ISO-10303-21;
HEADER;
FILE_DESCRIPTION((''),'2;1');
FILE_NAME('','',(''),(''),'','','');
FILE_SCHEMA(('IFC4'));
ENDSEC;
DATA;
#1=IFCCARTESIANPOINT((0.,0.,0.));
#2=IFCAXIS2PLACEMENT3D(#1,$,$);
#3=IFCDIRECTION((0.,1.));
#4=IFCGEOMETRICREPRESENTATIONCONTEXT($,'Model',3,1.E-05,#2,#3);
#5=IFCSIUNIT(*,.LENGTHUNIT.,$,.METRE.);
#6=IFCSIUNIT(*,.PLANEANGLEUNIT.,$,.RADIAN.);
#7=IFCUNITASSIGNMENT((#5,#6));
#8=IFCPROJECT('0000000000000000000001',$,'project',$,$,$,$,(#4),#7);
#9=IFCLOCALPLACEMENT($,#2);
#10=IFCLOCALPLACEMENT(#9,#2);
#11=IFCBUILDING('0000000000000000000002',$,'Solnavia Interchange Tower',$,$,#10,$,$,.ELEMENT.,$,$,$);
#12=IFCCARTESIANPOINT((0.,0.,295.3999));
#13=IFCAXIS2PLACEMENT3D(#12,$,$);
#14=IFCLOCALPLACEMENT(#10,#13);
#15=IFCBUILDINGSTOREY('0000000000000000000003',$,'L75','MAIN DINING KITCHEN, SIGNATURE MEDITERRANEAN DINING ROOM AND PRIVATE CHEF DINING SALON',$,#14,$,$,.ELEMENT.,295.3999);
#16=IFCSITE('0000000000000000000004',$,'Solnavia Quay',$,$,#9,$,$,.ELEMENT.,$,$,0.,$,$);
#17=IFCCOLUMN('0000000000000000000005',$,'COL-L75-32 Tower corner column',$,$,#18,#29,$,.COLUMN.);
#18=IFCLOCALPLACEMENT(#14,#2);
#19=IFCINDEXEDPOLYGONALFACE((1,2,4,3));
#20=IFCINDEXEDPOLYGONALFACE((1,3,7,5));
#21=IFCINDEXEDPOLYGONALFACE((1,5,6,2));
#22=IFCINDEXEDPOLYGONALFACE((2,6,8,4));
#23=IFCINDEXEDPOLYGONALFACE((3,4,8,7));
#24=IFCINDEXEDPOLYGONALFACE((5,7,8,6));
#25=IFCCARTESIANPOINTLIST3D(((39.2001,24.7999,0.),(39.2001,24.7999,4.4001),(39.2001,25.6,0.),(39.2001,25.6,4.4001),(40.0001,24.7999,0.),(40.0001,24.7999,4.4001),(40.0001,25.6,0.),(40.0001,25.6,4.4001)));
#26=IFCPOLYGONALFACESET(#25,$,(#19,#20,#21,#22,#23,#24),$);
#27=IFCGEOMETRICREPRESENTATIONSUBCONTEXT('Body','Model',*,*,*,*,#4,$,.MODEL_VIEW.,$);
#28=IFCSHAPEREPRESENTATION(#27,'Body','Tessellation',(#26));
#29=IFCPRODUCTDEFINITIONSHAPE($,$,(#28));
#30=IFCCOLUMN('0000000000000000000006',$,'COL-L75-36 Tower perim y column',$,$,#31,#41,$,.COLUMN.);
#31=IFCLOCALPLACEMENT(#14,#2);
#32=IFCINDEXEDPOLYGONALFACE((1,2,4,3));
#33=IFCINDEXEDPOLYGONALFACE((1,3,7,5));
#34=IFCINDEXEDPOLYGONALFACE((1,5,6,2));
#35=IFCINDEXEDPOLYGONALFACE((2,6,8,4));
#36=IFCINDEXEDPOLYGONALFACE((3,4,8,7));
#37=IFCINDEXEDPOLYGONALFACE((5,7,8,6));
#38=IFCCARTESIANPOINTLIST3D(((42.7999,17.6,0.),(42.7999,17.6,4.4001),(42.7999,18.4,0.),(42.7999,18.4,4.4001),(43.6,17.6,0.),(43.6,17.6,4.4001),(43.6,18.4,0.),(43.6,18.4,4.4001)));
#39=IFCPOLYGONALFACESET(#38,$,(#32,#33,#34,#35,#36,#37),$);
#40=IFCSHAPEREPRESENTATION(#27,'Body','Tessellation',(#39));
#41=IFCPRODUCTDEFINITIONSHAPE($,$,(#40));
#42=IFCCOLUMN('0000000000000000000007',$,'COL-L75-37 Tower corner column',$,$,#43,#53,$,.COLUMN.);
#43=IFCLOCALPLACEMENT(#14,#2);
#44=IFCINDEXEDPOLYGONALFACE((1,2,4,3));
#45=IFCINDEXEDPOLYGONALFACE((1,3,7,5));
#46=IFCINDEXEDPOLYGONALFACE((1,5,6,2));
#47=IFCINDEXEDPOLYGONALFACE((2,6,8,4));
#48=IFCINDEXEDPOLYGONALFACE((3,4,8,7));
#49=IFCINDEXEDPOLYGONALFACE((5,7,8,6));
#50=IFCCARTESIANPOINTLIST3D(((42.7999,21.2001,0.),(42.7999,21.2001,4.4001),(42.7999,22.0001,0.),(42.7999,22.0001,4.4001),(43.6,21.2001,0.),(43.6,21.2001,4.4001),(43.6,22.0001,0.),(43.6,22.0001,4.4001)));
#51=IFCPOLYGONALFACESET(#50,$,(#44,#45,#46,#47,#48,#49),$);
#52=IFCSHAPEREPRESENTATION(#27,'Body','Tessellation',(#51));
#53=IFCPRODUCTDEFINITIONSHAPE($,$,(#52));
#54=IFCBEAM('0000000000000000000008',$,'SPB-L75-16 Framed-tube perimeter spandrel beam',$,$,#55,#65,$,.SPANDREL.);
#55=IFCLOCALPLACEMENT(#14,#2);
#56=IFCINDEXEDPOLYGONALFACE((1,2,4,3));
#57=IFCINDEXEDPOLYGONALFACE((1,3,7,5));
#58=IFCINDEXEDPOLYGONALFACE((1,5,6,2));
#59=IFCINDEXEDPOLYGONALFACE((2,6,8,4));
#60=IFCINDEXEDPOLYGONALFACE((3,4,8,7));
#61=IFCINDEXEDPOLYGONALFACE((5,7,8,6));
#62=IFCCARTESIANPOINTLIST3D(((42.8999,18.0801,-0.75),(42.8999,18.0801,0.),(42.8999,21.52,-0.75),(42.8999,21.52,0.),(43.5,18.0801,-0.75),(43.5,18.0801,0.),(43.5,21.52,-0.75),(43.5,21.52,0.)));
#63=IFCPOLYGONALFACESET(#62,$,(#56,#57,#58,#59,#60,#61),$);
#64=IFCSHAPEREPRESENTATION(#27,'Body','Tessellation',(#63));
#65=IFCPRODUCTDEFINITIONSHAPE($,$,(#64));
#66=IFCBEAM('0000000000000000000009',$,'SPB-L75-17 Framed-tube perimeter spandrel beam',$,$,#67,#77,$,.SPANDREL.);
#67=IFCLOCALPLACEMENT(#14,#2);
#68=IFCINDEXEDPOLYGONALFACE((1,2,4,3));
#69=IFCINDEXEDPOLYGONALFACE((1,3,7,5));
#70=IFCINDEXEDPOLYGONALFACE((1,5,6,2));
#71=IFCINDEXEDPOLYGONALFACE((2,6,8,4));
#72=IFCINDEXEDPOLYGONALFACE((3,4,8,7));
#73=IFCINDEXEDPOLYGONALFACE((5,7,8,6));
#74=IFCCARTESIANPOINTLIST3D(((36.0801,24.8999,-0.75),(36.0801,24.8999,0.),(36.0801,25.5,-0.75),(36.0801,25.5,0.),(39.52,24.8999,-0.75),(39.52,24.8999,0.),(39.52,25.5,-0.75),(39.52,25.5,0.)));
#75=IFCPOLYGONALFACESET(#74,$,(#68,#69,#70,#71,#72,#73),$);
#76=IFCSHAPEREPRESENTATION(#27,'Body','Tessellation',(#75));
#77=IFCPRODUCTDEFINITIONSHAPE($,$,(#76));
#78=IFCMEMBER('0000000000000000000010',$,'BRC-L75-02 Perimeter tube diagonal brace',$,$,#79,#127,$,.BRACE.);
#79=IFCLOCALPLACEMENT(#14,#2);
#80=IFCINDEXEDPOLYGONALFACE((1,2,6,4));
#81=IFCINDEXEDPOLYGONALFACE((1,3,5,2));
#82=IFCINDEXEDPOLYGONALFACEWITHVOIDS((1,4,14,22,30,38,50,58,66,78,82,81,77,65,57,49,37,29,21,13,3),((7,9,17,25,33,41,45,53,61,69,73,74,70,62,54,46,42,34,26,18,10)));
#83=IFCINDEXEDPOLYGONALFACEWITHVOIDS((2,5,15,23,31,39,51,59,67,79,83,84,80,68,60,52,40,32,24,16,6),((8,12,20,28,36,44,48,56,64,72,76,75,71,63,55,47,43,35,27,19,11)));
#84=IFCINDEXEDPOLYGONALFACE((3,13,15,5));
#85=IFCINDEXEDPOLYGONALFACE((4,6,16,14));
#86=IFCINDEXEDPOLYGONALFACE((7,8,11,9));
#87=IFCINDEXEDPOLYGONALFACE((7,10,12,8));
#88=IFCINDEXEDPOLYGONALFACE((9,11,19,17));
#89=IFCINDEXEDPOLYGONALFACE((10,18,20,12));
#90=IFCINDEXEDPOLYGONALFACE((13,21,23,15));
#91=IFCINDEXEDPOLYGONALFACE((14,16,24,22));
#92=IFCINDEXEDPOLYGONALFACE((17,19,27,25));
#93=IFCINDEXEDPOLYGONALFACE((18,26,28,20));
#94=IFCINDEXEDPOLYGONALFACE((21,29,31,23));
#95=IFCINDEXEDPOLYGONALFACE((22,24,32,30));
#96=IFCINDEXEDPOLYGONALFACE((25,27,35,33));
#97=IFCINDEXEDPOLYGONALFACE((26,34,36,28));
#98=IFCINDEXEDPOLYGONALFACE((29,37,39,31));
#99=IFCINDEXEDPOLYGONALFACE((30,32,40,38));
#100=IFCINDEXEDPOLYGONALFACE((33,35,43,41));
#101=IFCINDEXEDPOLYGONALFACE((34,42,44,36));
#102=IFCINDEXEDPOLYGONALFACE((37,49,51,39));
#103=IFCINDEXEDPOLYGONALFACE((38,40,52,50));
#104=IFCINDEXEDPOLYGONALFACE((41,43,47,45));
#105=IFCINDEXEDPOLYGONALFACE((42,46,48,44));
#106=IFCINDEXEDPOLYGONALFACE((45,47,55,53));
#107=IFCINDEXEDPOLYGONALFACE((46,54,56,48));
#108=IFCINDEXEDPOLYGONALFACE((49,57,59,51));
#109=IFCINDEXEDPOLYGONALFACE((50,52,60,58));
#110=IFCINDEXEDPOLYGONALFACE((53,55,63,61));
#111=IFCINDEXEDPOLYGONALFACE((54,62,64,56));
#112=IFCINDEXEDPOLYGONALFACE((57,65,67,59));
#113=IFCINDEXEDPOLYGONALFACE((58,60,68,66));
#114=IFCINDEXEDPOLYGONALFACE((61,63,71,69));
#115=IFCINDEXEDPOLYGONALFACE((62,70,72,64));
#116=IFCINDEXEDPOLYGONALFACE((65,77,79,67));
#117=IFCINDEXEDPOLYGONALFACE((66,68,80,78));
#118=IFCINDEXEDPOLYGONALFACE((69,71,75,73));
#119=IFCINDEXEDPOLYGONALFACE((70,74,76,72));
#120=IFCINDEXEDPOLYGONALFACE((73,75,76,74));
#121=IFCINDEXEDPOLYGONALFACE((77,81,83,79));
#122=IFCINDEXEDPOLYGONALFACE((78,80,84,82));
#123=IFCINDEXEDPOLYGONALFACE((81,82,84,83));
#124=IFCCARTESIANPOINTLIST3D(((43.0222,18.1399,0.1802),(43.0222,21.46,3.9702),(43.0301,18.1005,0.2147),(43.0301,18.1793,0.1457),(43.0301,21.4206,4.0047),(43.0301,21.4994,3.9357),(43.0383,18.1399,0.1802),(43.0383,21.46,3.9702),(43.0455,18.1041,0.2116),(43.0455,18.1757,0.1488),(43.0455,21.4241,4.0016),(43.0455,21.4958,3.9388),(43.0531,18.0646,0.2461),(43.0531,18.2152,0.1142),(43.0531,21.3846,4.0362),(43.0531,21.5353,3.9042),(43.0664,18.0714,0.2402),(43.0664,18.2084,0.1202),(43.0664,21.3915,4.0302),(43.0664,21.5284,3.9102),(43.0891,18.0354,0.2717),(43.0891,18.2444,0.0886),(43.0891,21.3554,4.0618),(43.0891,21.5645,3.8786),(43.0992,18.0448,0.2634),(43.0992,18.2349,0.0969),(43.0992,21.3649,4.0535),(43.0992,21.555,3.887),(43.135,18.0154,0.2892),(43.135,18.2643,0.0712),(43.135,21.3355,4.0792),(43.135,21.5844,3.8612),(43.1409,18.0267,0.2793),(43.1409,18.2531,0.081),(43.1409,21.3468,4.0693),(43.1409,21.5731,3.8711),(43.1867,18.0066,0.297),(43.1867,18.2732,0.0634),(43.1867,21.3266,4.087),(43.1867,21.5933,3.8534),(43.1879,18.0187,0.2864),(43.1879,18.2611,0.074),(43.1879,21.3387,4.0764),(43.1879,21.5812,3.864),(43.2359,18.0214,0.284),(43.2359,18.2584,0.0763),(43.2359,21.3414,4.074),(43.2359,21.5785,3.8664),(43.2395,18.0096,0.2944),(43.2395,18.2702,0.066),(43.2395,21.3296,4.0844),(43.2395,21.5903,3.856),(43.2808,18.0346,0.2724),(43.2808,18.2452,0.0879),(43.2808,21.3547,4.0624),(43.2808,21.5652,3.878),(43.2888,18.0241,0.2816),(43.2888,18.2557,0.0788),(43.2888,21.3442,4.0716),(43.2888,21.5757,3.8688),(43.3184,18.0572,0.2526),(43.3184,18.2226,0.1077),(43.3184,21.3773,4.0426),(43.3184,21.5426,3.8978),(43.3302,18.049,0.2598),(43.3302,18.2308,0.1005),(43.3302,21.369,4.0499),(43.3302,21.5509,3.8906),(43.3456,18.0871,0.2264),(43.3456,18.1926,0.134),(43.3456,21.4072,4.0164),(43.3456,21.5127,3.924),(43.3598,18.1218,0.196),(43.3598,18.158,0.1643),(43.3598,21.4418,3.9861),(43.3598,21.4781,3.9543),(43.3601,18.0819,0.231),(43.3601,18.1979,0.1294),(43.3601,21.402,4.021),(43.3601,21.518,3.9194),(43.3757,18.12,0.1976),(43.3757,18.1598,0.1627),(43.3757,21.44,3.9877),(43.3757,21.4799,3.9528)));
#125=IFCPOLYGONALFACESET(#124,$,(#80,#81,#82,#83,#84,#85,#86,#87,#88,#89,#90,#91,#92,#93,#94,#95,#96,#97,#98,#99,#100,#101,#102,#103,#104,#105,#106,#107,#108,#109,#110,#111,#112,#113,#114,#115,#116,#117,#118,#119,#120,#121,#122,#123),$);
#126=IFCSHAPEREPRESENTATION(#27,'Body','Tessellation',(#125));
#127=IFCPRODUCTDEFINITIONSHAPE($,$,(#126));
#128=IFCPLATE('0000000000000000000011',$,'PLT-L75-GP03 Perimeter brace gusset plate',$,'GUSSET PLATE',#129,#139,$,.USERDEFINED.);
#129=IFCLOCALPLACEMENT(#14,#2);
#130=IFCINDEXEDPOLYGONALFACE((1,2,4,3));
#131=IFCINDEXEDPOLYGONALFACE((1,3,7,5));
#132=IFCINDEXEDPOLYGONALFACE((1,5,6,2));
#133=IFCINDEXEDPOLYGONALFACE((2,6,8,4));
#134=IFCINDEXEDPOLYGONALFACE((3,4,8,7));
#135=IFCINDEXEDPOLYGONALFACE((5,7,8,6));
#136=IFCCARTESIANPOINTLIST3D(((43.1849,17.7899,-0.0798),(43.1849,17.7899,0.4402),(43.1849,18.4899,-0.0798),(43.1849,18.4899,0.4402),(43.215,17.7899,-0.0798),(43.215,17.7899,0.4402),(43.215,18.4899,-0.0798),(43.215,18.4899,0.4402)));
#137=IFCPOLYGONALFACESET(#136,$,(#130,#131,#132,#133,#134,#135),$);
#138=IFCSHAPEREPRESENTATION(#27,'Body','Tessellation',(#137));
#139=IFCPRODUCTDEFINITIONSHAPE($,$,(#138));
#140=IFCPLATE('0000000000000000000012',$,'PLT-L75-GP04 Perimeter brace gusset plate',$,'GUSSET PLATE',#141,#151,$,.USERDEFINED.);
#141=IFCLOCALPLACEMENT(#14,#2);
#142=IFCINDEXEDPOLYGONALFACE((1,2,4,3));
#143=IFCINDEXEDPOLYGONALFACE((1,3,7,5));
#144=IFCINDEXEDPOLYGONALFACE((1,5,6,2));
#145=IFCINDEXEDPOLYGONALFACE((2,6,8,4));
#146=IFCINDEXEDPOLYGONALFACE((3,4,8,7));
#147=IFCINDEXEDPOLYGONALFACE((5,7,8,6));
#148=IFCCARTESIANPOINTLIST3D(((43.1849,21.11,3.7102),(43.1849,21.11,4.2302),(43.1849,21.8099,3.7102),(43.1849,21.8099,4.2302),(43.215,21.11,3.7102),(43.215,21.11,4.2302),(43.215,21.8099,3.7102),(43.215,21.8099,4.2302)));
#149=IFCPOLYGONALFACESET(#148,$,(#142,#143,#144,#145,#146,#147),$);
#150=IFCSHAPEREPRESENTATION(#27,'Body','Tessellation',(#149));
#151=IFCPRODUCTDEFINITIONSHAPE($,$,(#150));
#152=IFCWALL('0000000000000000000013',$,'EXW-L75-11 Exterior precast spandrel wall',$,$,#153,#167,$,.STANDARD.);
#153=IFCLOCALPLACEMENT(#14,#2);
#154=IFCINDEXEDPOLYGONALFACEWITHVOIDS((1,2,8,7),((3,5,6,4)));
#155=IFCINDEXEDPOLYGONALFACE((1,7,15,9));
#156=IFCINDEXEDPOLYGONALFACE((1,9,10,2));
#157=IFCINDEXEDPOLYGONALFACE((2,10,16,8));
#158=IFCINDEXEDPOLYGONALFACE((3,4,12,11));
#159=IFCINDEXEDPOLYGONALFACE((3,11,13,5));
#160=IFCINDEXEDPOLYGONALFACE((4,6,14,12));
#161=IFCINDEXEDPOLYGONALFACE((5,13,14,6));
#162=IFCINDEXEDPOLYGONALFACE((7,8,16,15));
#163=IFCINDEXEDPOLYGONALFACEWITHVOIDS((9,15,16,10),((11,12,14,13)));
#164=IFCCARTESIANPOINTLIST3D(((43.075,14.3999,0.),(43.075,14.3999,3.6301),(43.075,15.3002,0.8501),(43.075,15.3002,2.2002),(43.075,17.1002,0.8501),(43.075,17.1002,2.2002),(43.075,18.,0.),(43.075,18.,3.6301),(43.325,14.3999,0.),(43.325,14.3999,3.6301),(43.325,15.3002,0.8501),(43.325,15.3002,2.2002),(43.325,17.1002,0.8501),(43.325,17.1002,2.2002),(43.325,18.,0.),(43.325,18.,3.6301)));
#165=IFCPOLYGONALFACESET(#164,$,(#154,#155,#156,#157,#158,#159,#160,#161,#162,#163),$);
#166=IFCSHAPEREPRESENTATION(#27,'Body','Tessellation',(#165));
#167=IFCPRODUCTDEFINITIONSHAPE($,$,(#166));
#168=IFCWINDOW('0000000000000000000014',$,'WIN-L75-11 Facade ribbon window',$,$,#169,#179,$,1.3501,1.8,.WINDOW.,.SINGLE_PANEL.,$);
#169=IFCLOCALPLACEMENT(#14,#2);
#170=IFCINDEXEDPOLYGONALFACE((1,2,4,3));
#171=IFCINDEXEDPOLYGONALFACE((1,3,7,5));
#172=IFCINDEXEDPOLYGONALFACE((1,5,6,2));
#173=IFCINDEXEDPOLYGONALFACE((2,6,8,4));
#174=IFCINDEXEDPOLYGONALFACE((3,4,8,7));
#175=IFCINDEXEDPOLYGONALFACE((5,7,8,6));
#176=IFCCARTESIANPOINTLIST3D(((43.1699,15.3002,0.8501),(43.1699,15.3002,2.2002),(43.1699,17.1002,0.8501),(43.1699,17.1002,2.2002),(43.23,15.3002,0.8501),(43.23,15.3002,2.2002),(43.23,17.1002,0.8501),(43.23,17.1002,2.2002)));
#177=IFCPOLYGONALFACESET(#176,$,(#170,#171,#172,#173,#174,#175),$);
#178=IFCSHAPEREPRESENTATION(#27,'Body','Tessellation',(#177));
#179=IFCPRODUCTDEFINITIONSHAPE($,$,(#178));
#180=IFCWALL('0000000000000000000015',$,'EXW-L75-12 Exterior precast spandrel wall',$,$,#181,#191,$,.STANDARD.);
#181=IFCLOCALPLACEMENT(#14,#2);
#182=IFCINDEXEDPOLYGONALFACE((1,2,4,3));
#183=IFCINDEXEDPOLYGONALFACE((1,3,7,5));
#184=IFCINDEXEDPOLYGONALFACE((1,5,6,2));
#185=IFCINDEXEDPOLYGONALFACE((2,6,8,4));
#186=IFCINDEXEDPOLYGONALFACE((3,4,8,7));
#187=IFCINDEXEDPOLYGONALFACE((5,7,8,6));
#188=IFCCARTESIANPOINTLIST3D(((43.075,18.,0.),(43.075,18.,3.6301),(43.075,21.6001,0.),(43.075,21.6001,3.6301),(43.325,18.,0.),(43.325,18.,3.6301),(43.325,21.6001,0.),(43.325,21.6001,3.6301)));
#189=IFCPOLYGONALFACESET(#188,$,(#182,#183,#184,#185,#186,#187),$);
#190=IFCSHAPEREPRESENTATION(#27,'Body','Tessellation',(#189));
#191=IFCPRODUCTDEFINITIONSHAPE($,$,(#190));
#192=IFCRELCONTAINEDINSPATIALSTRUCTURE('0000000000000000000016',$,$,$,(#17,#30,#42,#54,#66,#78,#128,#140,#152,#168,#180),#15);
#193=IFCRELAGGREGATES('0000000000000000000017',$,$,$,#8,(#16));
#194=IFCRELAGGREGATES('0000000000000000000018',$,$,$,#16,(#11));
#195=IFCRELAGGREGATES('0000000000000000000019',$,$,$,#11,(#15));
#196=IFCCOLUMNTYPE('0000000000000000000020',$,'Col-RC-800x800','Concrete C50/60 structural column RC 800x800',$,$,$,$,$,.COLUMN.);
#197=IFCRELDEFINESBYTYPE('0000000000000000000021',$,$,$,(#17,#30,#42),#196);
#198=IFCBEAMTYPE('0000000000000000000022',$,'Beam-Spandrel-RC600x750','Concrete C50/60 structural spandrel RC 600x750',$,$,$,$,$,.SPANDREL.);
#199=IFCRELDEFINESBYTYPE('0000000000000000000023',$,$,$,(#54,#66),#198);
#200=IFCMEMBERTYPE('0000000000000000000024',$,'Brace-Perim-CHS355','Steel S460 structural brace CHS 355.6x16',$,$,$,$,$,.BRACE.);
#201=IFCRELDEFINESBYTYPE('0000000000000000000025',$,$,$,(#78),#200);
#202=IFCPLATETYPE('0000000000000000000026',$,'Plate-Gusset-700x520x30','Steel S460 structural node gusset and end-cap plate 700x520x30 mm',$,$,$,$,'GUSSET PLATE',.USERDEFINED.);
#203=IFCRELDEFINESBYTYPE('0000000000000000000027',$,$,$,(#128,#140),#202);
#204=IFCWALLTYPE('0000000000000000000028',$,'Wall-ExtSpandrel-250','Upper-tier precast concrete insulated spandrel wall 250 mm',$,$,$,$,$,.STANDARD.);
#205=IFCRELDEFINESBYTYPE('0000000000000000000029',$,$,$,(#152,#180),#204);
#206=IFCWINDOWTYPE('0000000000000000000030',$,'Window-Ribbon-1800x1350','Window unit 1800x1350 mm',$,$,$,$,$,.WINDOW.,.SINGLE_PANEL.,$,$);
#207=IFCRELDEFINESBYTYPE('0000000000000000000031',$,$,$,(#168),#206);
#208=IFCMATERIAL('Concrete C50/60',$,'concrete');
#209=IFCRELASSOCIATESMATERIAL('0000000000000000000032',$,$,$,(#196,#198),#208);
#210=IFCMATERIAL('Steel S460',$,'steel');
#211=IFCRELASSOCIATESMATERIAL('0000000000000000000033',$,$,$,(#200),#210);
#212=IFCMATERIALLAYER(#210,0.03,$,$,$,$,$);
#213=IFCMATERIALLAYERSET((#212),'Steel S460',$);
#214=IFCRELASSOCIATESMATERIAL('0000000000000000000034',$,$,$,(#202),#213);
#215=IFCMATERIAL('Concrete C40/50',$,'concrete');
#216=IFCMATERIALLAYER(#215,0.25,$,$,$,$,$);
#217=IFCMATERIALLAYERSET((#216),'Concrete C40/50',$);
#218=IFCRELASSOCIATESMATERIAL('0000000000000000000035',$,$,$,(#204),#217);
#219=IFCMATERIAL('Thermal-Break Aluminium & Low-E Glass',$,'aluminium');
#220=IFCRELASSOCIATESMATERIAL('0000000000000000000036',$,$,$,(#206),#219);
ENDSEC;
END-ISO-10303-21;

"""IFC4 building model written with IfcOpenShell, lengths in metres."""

from ifc_helpers import new_model, si_unit, direction, frame, frame_2d, origin, origin_2d, place, context, subcontext, project, spatial, rectangle, hollow_circle, extrude, material, layer, layer_set, material_profile, profile_set, type_object, element, fill, save


model = new_model("IFC4")

# Units and contexts
model_context = context("Model", 3, precision=1e-05, world=origin(), true_north=direction((0.0, 1.0)))
body_context = subcontext(model_context, "Body", "Model", "MODEL_VIEW")
ifc_project = project(units=[si_unit("LENGTHUNIT", "METRE"), si_unit("PLANEANGLEUNIT", "RADIAN")], contexts=[model_context])

# Site, building, storey
site_placement = place(None, origin())
site = spatial("IfcSite", under=ifc_project, at=site_placement, Name="Solnavia Quay", CompositionType="ELEMENT", RefElevation=0.0)
building_placement = place(site_placement, origin())
building = spatial("IfcBuilding", under=site, at=building_placement, Name="Solnavia Interchange Tower", CompositionType="ELEMENT")
storey_placement = place(building_placement, frame((0.0, 0.0, 295.3999)))
storey = spatial("IfcBuildingStorey", under=building, at=storey_placement, Name="L75", Description="MAIN DINING KITCHEN, SIGNATURE MEDITERRANEAN DINING ROOM AND PRIVATE CHEF DINING SALON", CompositionType="ELEMENT", Elevation=295.3999)

# Columns
ifc_material_1 = material(Name="Concrete C50/60", Category="concrete")
ifc_material_profile_1 = material_profile(ifc_material_1, rectangle(XDim=0.8, YDim=0.8, at=origin_2d()), Name="RC 800x800")
ifc_profile_set_1 = profile_set([ifc_material_profile_1], Name="Concrete C50/60")
column_type = type_object("IfcColumnType", Name="Col-RC-800x800", Description="Concrete C50/60 structural column RC 800x800", PredefinedType="COLUMN", material=ifc_profile_set_1)
for number, where, z_axis, x_axis, name in (
    (1, (39.6001, 25.2, 0.0), (0.0, 0.0, 1.0), (1.0, 0.0, 0.0), "COL-L75-32 Tower corner column"),
    (2, (43.2, 18.0, 0.0), (0.0, 0.0, 1.0), (0.0, 1.0, 0.0), "COL-L75-36 Tower perim y column"),
    (3, (43.2, 21.6001, 0.0), (0.0, 0.0, 1.0), (0.0, 1.0, 0.0), "COL-L75-37 Tower corner column"),
):
    element("IfcColumn", number, at=place(storey_placement, frame(where, z_axis=z_axis, x_axis=x_axis)), inside=storey, type_object=column_type, Name=name, PredefinedType="COLUMN", context=body_context, shape_type="SweptSolid", body=[
        extrude(rectangle(XDim=0.8, YDim=0.8, at=origin_2d()), origin(), (0.0, 0.0, 1.0), 4.4001),
    ])

# Beams
ifc_material_profile_2 = material_profile(ifc_material_1, rectangle(XDim=0.6001, YDim=0.75, at=origin_2d()), Name="RC 600x750")
ifc_profile_set_2 = profile_set([ifc_material_profile_2], Name="Concrete C50/60")
beam_type = type_object("IfcBeamType", Name="Beam-Spandrel-RC600x750", Description="Concrete C50/60 structural spandrel RC 600x750", PredefinedType="SPANDREL", material=ifc_profile_set_2)
for number, where, z_axis, x_axis, name in (
    (4, (43.2, 18.0801, -0.375), (0.0, 1.0, 0.0), (-1.0, 0.0, 0.0), "SPB-L75-16 Framed-tube perimeter spandrel beam"),
    (5, (39.52, 25.2, -0.375), (-1.0, 0.0, 0.0), (0.0, -1.0, 0.0), "SPB-L75-17 Framed-tube perimeter spandrel beam"),
):
    element("IfcBeam", number, at=place(storey_placement, frame(where, z_axis=z_axis, x_axis=x_axis)), inside=storey, type_object=beam_type, Name=name, PredefinedType="SPANDREL", context=body_context, shape_type="SweptSolid", body=[
        extrude(rectangle(XDim=0.6001, YDim=0.75, at=origin_2d()), origin(), (0.0, 0.0, 1.0), 3.4399),
    ])

# Member
ifc_material_2 = material(Name="Steel S460", Category="steel")
ifc_material_profile_3 = material_profile(ifc_material_2, hollow_circle(Radius=0.1777, WallThickness=0.0161, at=origin_2d()), Name="CHS 355.6x16")
ifc_profile_set_3 = profile_set([ifc_material_profile_3], Name="Steel S460")
member_type = type_object("IfcMemberType", Name="Brace-Perim-CHS355", Description="Steel S460 structural brace CHS 355.6x16", PredefinedType="BRACE", material=ifc_profile_set_3)
member_placement = place(storey_placement, frame((43.2, 18.1399, 0.1802), z_axis=(0.0, 0.65893, 0.752204), x_axis=(-1.0, 0.0, 0.0)))
element("IfcMember", 6, at=member_placement, inside=storey, type_object=member_type, Name="BRC-L75-02 Perimeter tube diagonal brace", PredefinedType="BRACE", context=body_context, shape_type="SweptSolid", body=[
    extrude(hollow_circle(Radius=0.1777, WallThickness=0.0161, at=origin_2d()), origin(), (0.0, 0.0, 1.0), 5.0386),
])

# Plates
ifc_layer_1 = layer(ifc_material_2, 0.03)
ifc_layer_set_1 = layer_set([ifc_layer_1], Name="Steel S460")
plate_type = type_object("IfcPlateType", Name="Plate-Gusset-700x520x30", Description="Steel S460 structural node gusset and end-cap plate 700x520x30 mm", ElementType="GUSSET PLATE", PredefinedType="USERDEFINED", material=ifc_layer_set_1)
for number, where, z_axis, x_axis, name in (
    (7, (43.2, 18.1399, -0.0798), (0.0, 0.0, 1.0), (0.0, 1.0, 0.0), "PLT-L75-GP03 Perimeter brace gusset plate"),
    (8, (43.2, 21.46, 3.7102), (0.0, 0.0, 1.0), (0.0, 1.0, 0.0), "PLT-L75-GP04 Perimeter brace gusset plate"),
):
    element("IfcPlate", number, at=place(storey_placement, frame(where, z_axis=z_axis, x_axis=x_axis)), inside=storey, type_object=plate_type, Name=name, ObjectType="GUSSET PLATE", PredefinedType="USERDEFINED", context=body_context, shape_type="SweptSolid", body=[
        extrude(rectangle(XDim=0.7, YDim=0.03, at=origin_2d()), origin(), (0.0, 0.0, 1.0), 0.52),
    ])

# Wall, opening, window
ifc_material_3 = material(Name="Concrete C40/50", Category="concrete")
ifc_layer_2 = layer(ifc_material_3, 0.25)
ifc_layer_set_2 = layer_set([ifc_layer_2], Name="Concrete C40/50")
wall_type_1 = type_object("IfcWallType", Name="Wall-ExtSpandrel-250", Description="Upper-tier precast concrete insulated spandrel wall 250 mm", PredefinedType="STANDARD", material=ifc_layer_set_2)
wall_1_placement = place(storey_placement, frame((43.2, 18.0, 0.0), z_axis=(0.0, 0.0, 1.0), x_axis=(0.0, -1.0, 0.0)))
wall_1 = element("IfcWall", 9, at=wall_1_placement, inside=storey, type_object=wall_type_1, Name="EXW-L75-11 Exterior precast spandrel wall", PredefinedType="STANDARD", context=body_context, shape_type="SweptSolid", body=[
    extrude(rectangle(XDim=3.6001, YDim=0.25, at=frame_2d((1.8, 0.0))), origin(), (0.0, 0.0, 1.0), 3.6301),
])
opening_1_placement = place(wall_1_placement, frame((0.8999, 0.0, 0.8501)))
opening_1 = element("IfcOpeningElement", 10, at=opening_1_placement, cuts=wall_1, PredefinedType="OPENING", context=body_context, shape_type="SweptSolid", body=[
    extrude(rectangle(XDim=1.8, YDim=1.3501, at=frame_2d((0.8999, 0.675))), frame((0.0, 0.135, 0.0), z_axis=(0.0, -1.0, 0.0), x_axis=(1.0, 0.0, 0.0)), (0.0, 0.0, 1.0), 0.27),
])
ifc_material_4 = material(Name="Thermal-Break Aluminium & Low-E Glass", Category="aluminium")
window_type = type_object("IfcWindowType", Name="Window-Ribbon-1800x1350", Description="Window unit 1800x1350 mm", PartitioningType="SINGLE_PANEL", PredefinedType="WINDOW", material=ifc_material_4)
window_placement = place(opening_1_placement, origin())
window = element("IfcWindow", 11, at=window_placement, inside=storey, type_object=window_type, Name="WIN-L75-11 Facade ribbon window", OverallHeight=1.3501, OverallWidth=1.8, PartitioningType="SINGLE_PANEL", PredefinedType="WINDOW", context=body_context, shape_type="SweptSolid", body=[
    extrude(rectangle(XDim=1.8, YDim=1.3501, at=frame_2d((0.8999, 0.675))), frame((0.0, 0.03, 0.0), z_axis=(0.0, -1.0, 0.0), x_axis=(1.0, 0.0, 0.0)), (0.0, 0.0, 1.0), 0.0601),
])
fill(opening_1, window)

# Wall
wall_2_placement = place(storey_placement, frame((43.2, 21.6001, 0.0), z_axis=(0.0, 0.0, 1.0), x_axis=(0.0, -1.0, 0.0)))
element("IfcWall", 12, at=wall_2_placement, inside=storey, type_object=wall_type_1, Name="EXW-L75-12 Exterior precast spandrel wall", PredefinedType="STANDARD", context=body_context, shape_type="SweptSolid", body=[
    extrude(rectangle(XDim=3.6001, YDim=0.25, at=frame_2d((1.8, 0.0))), origin(), (0.0, 0.0, 1.0), 3.6301),
])

save(model, "model.ifc")
